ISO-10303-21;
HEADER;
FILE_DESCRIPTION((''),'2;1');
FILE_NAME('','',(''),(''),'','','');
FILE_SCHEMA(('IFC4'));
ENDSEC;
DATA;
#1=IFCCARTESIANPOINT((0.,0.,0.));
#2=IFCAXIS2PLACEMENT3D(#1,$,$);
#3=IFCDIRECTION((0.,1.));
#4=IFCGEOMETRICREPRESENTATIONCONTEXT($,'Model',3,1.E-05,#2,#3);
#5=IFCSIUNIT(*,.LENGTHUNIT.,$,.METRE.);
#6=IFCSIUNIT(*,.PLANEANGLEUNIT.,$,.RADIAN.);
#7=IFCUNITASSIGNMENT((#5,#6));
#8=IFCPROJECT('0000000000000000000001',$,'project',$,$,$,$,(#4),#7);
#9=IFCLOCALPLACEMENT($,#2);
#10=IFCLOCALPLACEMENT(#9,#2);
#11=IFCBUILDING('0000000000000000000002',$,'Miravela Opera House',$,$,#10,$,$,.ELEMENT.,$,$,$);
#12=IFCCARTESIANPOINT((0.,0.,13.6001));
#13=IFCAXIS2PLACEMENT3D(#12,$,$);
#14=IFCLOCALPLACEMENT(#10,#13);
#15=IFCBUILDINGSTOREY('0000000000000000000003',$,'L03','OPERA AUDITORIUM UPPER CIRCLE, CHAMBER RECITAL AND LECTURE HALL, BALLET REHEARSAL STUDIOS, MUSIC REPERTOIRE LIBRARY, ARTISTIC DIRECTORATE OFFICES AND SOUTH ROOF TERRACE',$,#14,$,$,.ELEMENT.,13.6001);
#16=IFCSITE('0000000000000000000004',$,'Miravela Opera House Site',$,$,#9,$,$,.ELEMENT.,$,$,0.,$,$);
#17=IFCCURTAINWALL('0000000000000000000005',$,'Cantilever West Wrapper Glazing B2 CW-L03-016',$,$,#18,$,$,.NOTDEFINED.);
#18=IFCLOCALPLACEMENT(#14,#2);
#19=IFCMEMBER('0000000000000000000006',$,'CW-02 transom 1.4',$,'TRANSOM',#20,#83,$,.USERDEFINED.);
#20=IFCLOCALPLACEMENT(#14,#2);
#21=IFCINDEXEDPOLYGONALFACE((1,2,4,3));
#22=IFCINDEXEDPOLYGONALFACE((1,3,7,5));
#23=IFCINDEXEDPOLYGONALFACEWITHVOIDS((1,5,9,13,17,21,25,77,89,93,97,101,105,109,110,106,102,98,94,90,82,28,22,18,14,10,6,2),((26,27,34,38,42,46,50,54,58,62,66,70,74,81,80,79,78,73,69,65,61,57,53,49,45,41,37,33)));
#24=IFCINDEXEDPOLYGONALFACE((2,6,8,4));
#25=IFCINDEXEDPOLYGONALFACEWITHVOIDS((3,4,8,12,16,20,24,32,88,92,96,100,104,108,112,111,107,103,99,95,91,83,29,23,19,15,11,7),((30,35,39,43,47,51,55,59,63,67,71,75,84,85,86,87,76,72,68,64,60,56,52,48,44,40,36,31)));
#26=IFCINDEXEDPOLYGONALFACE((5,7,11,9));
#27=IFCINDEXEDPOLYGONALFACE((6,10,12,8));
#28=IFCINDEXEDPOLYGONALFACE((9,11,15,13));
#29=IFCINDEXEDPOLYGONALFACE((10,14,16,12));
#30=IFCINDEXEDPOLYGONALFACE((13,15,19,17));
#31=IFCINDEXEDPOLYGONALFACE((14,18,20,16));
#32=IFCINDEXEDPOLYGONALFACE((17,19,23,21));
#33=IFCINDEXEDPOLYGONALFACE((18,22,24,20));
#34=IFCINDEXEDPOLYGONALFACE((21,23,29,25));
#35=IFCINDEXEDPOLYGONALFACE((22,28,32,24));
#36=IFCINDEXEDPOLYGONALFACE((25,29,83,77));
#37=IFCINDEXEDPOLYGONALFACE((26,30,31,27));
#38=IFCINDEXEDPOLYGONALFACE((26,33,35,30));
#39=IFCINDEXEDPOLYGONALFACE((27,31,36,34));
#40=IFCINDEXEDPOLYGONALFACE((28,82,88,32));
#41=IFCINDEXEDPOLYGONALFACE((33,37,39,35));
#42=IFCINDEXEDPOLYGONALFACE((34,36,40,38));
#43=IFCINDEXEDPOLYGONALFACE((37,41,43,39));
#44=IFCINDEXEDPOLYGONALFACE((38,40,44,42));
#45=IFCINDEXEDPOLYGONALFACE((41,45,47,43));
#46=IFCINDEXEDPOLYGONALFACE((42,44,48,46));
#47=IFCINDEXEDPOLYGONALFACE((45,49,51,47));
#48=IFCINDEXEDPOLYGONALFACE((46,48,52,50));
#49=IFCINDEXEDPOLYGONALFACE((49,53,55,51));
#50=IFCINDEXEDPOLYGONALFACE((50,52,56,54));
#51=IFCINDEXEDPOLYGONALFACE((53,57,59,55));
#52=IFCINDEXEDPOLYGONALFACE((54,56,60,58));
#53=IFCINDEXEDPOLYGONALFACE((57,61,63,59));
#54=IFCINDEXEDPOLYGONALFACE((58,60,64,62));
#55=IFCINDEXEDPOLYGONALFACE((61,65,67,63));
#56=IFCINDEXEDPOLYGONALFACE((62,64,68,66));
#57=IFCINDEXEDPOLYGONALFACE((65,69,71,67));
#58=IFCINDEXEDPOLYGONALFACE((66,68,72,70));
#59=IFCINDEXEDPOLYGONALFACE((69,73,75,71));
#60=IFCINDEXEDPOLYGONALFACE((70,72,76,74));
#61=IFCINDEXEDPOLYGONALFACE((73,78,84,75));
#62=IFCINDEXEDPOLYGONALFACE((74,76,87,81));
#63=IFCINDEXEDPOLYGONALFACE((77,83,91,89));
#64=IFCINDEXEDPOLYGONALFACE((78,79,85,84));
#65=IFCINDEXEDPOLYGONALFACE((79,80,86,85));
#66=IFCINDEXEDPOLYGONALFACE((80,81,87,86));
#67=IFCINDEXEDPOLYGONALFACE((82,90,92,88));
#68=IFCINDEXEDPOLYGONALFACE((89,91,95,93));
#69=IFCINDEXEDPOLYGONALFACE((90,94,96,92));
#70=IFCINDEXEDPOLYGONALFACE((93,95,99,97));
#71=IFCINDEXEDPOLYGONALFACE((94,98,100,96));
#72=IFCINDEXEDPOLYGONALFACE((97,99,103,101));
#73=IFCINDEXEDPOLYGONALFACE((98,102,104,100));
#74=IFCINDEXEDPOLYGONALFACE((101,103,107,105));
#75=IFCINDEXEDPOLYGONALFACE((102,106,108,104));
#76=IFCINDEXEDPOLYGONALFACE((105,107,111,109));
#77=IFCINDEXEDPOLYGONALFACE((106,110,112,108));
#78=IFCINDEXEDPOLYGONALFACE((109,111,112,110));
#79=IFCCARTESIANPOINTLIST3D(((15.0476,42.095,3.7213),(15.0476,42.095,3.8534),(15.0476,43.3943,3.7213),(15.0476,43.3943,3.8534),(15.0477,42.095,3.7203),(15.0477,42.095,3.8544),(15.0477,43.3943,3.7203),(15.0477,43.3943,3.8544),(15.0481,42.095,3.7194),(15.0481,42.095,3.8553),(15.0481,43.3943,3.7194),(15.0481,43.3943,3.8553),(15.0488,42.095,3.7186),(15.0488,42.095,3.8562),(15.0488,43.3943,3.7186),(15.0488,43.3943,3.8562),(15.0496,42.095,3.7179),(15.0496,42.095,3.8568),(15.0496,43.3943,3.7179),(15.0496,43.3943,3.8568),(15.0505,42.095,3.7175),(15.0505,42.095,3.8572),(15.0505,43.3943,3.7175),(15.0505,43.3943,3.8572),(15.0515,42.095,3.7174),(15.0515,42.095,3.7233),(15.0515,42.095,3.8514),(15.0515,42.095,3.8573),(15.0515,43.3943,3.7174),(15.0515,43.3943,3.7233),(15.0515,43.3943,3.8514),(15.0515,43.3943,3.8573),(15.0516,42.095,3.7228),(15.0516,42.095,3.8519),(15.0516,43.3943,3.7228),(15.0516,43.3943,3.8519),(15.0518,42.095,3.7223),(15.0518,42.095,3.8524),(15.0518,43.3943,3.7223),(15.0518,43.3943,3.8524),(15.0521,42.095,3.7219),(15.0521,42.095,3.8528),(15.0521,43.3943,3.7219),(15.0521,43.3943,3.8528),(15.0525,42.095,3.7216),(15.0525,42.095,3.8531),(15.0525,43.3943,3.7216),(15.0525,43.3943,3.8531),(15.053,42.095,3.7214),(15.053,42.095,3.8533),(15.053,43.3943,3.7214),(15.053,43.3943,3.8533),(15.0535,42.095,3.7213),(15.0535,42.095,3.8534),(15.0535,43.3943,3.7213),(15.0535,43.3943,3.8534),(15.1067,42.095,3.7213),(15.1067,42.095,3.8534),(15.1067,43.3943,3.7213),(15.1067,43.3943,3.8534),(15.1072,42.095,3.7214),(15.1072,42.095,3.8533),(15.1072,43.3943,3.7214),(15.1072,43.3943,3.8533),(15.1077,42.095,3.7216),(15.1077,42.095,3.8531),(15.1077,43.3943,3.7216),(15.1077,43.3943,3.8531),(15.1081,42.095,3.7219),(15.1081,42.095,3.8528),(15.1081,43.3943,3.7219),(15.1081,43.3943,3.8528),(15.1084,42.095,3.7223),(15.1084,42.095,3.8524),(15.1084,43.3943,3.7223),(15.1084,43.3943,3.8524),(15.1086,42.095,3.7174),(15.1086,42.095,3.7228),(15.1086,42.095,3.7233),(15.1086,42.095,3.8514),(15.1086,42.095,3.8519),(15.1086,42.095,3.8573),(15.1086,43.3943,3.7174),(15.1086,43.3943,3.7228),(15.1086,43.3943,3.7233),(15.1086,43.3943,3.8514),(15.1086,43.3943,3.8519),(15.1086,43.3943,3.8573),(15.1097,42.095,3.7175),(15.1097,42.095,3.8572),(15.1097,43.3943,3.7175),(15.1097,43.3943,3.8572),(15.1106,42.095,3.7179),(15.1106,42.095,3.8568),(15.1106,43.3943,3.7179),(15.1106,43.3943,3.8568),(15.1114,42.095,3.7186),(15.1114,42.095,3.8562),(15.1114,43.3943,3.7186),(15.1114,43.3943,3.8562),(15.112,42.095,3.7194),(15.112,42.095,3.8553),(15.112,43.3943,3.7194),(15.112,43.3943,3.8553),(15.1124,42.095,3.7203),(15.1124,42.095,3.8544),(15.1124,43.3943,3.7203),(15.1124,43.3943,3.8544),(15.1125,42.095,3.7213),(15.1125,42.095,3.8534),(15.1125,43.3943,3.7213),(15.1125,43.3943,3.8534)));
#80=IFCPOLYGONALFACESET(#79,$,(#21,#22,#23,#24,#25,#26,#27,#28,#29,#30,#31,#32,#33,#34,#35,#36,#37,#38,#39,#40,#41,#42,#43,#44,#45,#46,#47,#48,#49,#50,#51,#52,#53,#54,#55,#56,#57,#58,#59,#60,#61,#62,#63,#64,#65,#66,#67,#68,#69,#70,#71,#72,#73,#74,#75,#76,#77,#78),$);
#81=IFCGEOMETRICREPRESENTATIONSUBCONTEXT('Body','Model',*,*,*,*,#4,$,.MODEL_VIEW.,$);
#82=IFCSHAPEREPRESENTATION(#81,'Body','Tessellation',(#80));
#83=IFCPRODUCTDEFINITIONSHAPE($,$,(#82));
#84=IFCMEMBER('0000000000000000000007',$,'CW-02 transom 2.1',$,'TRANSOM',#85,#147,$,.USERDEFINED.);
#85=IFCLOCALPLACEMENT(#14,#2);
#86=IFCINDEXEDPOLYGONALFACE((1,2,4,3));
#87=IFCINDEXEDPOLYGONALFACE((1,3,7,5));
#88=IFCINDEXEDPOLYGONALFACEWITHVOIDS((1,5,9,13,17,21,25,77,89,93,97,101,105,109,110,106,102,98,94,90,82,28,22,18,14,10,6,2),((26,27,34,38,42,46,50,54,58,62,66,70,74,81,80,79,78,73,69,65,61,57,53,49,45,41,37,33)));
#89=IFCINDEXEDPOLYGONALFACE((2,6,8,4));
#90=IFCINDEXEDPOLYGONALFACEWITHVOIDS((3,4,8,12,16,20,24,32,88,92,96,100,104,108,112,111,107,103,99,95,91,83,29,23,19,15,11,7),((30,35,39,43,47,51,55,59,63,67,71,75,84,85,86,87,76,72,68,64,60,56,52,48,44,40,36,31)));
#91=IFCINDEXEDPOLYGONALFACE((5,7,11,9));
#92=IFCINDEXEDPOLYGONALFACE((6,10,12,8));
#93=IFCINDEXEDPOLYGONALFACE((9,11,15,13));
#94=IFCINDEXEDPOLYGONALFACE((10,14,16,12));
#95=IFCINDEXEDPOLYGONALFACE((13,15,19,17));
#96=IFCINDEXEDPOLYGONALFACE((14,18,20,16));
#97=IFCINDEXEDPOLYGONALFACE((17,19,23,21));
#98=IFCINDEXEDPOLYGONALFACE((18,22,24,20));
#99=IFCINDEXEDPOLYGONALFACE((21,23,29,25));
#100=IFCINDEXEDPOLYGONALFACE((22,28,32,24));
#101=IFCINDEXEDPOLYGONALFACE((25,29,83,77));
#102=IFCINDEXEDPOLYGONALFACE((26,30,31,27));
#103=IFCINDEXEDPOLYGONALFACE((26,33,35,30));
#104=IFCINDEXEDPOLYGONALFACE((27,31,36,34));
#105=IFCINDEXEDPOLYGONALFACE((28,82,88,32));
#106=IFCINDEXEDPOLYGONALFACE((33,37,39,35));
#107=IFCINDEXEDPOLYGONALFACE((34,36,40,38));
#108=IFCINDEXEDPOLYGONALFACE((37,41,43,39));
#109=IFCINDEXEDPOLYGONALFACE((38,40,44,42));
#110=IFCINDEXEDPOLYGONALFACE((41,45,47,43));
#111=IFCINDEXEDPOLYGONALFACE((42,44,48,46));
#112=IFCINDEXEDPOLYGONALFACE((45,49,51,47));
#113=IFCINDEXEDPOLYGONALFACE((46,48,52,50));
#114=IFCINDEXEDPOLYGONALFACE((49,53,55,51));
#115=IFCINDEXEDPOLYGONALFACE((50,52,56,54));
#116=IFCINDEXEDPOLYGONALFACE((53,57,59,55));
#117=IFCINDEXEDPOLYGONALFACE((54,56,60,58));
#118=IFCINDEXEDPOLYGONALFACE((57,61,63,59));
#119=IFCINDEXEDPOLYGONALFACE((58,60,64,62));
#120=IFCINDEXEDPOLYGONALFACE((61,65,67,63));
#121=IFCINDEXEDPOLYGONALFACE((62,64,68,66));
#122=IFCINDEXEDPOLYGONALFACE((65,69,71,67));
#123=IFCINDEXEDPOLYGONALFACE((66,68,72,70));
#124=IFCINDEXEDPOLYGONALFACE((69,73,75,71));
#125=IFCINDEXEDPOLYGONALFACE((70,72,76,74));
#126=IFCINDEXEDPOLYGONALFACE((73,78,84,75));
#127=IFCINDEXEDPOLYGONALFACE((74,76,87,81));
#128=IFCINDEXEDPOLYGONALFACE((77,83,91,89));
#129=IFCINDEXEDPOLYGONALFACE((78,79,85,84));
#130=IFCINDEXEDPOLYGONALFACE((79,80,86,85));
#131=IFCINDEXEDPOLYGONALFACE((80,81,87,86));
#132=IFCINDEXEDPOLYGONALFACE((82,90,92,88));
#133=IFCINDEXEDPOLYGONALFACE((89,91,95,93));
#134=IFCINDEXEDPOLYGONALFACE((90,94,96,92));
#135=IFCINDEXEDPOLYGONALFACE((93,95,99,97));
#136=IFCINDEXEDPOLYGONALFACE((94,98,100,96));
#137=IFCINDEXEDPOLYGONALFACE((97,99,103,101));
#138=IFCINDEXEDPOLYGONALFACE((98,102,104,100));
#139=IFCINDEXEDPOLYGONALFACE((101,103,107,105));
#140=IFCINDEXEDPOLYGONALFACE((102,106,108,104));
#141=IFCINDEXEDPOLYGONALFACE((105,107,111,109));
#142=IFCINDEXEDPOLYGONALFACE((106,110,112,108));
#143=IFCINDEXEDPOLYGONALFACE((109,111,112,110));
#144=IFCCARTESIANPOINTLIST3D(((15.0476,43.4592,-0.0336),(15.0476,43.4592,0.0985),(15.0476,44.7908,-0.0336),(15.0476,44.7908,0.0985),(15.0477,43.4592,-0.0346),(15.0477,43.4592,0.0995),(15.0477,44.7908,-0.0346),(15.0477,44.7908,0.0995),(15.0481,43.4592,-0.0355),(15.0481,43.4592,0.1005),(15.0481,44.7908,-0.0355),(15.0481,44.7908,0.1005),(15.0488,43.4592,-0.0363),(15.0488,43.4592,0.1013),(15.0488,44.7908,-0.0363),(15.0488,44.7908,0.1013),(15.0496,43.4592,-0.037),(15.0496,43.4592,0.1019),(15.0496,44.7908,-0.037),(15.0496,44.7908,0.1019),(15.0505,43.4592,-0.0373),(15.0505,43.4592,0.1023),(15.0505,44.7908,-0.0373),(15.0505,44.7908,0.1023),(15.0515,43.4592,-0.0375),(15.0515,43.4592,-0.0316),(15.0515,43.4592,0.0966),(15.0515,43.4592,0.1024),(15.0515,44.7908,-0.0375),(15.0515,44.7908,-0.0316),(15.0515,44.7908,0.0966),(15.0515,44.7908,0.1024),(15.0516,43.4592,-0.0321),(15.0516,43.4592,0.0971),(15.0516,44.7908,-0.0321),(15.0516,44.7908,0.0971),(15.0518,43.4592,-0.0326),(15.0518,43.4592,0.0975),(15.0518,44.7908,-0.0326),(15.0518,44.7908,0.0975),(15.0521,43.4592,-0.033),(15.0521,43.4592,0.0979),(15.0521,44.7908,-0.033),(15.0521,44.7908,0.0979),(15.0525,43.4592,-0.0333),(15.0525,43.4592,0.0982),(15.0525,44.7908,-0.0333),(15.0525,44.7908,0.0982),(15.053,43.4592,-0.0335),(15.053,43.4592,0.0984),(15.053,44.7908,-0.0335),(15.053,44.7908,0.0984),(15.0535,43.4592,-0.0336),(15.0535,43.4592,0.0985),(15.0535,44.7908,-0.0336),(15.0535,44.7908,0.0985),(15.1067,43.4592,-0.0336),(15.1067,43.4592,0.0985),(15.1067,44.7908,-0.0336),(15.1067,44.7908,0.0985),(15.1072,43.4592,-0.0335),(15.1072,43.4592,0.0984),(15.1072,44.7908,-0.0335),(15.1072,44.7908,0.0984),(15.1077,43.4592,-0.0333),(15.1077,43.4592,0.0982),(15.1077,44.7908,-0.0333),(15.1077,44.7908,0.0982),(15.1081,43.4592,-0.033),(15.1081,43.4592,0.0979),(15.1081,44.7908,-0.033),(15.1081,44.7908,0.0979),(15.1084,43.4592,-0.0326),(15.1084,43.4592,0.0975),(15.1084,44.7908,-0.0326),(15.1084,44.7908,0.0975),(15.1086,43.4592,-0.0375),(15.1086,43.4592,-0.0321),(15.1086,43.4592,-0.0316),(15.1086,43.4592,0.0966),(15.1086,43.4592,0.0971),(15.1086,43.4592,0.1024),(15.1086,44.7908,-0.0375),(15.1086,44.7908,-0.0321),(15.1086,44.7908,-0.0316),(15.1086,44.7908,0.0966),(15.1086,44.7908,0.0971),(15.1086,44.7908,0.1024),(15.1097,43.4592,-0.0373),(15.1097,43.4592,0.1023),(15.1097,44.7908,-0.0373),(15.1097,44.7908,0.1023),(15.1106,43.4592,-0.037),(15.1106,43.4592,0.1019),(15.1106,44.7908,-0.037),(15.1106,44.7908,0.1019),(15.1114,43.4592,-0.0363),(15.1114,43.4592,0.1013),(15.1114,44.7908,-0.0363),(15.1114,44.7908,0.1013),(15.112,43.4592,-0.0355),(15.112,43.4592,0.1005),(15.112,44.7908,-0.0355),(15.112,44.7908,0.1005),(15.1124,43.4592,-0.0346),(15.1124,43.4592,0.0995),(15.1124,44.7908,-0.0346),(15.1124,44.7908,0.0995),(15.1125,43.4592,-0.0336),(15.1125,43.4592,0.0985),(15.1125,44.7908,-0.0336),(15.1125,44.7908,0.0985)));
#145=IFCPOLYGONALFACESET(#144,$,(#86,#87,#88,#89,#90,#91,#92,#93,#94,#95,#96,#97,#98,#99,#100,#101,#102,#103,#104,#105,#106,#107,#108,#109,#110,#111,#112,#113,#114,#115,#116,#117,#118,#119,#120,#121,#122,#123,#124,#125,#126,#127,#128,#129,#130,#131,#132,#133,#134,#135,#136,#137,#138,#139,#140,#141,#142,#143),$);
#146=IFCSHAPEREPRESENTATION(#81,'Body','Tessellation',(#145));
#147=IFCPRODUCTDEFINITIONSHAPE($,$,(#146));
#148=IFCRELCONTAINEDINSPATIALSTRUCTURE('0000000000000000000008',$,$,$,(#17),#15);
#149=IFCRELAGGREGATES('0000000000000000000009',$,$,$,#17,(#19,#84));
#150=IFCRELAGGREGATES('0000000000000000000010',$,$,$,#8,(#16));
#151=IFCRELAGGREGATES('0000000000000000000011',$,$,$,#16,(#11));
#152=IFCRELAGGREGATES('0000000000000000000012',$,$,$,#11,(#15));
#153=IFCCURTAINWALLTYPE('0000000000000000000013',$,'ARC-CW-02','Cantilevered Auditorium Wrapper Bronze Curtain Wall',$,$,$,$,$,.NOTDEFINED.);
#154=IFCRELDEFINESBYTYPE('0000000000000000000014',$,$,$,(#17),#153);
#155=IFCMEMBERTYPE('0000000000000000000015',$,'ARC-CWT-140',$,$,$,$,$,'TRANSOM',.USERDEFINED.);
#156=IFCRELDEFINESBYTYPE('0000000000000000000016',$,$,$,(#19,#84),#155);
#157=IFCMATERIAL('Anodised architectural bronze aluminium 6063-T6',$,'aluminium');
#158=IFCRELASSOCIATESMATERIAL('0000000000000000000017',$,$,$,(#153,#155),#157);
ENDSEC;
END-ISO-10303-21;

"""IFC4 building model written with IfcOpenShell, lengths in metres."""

from ifc_helpers import new_model, si_unit, direction, frame, origin, origin_2d, place, context, subcontext, project, spatial, hollow_rectangle, extrude, material, material_profile, profile_set, type_object, element, aggregate, save


model = new_model("IFC4")

# Units and contexts
model_context = context("Model", 3, precision=1e-05, world=origin(), true_north=direction((0.0, 1.0)))
body_context = subcontext(model_context, "Body", "Model", "MODEL_VIEW")
ifc_project = project(units=[si_unit("LENGTHUNIT", "METRE"), si_unit("PLANEANGLEUNIT", "RADIAN")], contexts=[model_context])

# Site, building, storey
site_placement = place(None, origin())
site = spatial("IfcSite", under=ifc_project, at=site_placement, Name="Miravela Opera House Site", CompositionType="ELEMENT", RefElevation=0.0)
building_placement = place(site_placement, origin())
building = spatial("IfcBuilding", under=site, at=building_placement, Name="Miravela Opera House", CompositionType="ELEMENT")
storey_placement = place(building_placement, frame((0.0, 0.0, 13.6001)))
storey = spatial("IfcBuildingStorey", under=building, at=storey_placement, Name="L03", Description="OPERA AUDITORIUM UPPER CIRCLE, CHAMBER RECITAL AND LECTURE HALL, BALLET REHEARSAL STUDIOS, MUSIC REPERTOIRE LIBRARY, ARTISTIC DIRECTORATE OFFICES AND SOUTH ROOF TERRACE", CompositionType="ELEMENT", Elevation=13.6001)

# Curtain wall
ifc_material_1 = material(Name="Anodised architectural bronze aluminium 6063-T6", Category="aluminium")
curtain_wall_type = type_object("IfcCurtainWallType", Name="ARC-CW-02", Description="Cantilevered Auditorium Wrapper Bronze Curtain Wall", PredefinedType="NOTDEFINED", material=ifc_material_1)
curtain_wall_1_placement = place(storey_placement, origin())
curtain_wall_1 = element("IfcCurtainWall", 1, at=curtain_wall_1_placement, inside=storey, type_object=curtain_wall_type, Name="Cantilever West Wrapper Glazing B2 CW-L03-016", PredefinedType="NOTDEFINED")

# Members
ifc_material_profile_1 = material_profile(ifc_material_1, hollow_rectangle(XDim=0.0649, YDim=0.1399, WallThickness=0.0039, InnerFilletRadius=0.002, OuterFilletRadius=0.0039, at=origin_2d()), Name="CWT-65X140")
ifc_profile_set_1 = profile_set([ifc_material_profile_1])
member_type_1 = type_object("IfcMemberType", Name="ARC-CWT-140", ElementType="TRANSOM", PredefinedType="USERDEFINED", material=ifc_profile_set_1)
member_1_placement = place(storey_placement, frame((15.0801, 42.095, 3.7874), z_axis=(0.0, 1.0, 0.0), x_axis=(-1.0, 0.0, 0.0)))
member_1 = element("IfcMember", 2, at=member_1_placement, type_object=member_type_1, Name="CW-02 transom 1.4", ObjectType="TRANSOM", PredefinedType="USERDEFINED", context=body_context, shape_type="SweptSolid", body=[
    extrude(hollow_rectangle(XDim=0.0649, YDim=0.1399, WallThickness=0.0039, InnerFilletRadius=0.002, OuterFilletRadius=0.0039, at=origin_2d()), origin(), (0.0, 0.0, 1.0), 1.2993),
])
member_2_placement = place(storey_placement, frame((15.0801, 43.4592, 0.0325), z_axis=(0.0, 1.0, 0.0), x_axis=(-1.0, 0.0, 0.0)))
member_2 = element("IfcMember", 3, at=member_2_placement, type_object=member_type_1, Name="CW-02 transom 2.1", ObjectType="TRANSOM", PredefinedType="USERDEFINED", context=body_context, shape_type="SweptSolid", body=[
    extrude(hollow_rectangle(XDim=0.0649, YDim=0.1399, WallThickness=0.0039, InnerFilletRadius=0.002, OuterFilletRadius=0.0039, at=origin_2d()), origin(), (0.0, 0.0, 1.0), 1.3315),
])

aggregate(curtain_wall_1, [member_1, member_2])

save(model, "model.ifc")
